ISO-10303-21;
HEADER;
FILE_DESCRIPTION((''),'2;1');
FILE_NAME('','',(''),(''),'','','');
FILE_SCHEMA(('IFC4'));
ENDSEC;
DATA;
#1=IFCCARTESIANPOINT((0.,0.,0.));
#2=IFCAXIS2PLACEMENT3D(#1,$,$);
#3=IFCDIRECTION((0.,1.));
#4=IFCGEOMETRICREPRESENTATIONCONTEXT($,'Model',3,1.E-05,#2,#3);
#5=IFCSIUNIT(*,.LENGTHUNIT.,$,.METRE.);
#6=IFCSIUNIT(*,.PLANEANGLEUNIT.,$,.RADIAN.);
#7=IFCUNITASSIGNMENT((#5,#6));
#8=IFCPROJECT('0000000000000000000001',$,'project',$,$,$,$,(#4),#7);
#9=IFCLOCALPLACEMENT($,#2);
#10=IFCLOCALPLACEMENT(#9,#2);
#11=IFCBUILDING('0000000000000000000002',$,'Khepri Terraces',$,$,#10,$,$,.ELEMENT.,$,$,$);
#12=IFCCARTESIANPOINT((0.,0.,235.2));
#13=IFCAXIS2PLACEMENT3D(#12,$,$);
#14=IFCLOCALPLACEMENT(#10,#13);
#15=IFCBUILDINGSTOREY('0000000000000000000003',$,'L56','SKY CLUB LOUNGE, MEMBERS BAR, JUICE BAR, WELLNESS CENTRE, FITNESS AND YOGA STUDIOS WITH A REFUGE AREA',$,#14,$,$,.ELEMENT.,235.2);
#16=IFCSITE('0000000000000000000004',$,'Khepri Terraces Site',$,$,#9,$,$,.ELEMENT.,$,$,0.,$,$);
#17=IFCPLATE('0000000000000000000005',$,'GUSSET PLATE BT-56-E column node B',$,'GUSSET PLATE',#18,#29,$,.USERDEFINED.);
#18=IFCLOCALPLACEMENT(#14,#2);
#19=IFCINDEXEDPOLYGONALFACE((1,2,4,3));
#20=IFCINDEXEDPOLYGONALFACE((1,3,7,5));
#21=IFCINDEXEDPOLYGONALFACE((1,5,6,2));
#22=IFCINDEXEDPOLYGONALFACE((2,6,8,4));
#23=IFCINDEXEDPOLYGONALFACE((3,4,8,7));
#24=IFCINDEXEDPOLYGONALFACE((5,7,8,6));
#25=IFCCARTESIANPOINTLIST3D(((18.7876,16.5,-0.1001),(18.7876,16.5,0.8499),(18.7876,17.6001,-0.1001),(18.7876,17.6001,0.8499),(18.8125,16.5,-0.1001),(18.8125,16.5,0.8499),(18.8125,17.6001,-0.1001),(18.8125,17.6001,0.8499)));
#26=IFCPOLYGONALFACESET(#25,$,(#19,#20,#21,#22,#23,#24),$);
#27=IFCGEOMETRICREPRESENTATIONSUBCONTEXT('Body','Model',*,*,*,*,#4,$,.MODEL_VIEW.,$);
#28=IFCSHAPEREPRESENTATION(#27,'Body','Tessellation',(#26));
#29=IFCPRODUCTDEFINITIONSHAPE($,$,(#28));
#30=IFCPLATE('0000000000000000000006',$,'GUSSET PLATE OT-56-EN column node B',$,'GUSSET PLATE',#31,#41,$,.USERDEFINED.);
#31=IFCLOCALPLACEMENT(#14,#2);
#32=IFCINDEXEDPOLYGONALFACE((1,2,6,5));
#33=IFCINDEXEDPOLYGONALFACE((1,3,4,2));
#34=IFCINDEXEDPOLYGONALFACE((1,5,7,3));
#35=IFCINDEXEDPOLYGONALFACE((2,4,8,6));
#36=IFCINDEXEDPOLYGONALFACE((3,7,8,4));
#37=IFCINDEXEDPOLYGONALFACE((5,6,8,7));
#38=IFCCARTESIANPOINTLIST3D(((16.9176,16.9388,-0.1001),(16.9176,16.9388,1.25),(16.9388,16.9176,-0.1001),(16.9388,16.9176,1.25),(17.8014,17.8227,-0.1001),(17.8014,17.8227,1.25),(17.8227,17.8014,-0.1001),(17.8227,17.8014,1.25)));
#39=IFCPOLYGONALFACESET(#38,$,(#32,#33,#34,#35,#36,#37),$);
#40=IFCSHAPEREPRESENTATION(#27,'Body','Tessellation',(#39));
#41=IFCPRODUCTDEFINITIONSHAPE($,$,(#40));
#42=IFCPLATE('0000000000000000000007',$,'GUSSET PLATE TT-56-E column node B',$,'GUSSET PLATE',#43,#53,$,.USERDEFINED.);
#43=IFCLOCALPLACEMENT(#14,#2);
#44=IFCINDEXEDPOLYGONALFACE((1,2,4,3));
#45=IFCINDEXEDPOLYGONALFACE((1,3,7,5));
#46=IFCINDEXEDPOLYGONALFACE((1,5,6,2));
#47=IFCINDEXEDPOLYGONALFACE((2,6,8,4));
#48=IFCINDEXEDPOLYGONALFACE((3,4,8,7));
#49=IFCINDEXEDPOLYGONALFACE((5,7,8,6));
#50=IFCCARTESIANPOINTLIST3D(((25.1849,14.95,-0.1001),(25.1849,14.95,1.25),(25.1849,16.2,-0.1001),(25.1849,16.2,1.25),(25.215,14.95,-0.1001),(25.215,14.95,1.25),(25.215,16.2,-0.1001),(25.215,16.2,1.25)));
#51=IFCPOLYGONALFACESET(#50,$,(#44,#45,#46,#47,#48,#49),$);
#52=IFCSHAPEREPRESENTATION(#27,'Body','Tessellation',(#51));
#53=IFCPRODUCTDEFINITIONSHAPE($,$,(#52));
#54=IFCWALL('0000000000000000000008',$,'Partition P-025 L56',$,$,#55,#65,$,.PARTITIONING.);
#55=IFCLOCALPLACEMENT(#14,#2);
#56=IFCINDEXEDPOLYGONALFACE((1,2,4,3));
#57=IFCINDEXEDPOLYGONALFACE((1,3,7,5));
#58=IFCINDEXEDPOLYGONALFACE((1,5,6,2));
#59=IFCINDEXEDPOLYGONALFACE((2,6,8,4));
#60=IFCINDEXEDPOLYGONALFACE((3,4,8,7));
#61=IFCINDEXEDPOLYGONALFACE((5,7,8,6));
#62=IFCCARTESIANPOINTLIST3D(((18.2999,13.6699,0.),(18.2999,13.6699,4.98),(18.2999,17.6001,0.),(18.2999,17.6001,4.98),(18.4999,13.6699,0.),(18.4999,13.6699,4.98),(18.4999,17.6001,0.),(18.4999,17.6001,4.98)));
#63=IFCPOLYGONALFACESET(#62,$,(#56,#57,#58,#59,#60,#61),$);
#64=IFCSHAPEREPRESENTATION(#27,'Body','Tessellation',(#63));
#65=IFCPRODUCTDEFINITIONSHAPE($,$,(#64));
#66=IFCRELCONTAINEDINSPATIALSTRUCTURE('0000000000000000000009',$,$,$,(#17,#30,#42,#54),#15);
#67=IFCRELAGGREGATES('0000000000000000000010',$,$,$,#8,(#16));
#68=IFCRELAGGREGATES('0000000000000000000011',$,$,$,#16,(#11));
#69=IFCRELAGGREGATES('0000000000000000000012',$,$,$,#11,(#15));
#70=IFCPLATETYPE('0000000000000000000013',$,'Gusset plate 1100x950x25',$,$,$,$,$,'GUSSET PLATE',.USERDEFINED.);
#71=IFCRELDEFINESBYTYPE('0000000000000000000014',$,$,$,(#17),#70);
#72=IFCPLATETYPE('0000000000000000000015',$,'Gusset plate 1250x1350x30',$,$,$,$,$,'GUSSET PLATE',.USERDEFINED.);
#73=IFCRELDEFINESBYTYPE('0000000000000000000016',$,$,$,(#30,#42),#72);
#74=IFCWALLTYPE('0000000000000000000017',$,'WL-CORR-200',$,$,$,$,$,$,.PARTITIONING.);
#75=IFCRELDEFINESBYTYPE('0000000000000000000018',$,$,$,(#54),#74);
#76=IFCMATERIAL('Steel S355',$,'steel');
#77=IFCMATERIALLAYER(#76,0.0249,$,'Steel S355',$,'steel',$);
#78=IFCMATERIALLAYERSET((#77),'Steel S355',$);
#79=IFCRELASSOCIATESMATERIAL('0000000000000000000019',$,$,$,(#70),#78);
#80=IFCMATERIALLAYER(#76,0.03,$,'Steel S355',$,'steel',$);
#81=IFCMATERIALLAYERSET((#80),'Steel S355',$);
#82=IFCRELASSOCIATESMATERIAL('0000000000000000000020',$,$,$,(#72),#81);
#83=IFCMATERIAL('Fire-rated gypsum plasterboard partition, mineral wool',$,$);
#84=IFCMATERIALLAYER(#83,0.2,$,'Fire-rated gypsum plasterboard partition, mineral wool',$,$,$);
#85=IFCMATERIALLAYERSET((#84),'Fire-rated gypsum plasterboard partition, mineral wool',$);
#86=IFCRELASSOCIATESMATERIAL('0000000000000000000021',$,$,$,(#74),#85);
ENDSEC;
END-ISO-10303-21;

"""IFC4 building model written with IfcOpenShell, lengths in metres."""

from ifc_helpers import new_model, si_unit, direction, frame, frame_2d, origin, origin_2d, place, context, subcontext, project, spatial, rectangle, extrude, material, layer, layer_set, type_object, element, save


model = new_model("IFC4")

# Units and contexts
model_context = context("Model", 3, precision=1e-05, world=origin(), true_north=direction((0.0, 1.0)))
body_context = subcontext(model_context, "Body", "Model", "MODEL_VIEW")
ifc_project = project(units=[si_unit("LENGTHUNIT", "METRE"), si_unit("PLANEANGLEUNIT", "RADIAN")], contexts=[model_context])

# Site, building, storey
site_placement = place(None, origin())
site = spatial("IfcSite", under=ifc_project, at=site_placement, Name="Khepri Terraces Site", CompositionType="ELEMENT", RefElevation=0.0)
building_placement = place(site_placement, origin())
building = spatial("IfcBuilding", under=site, at=building_placement, Name="Khepri Terraces", CompositionType="ELEMENT")
storey_placement = place(building_placement, frame((0.0, 0.0, 235.2)))
storey = spatial("IfcBuildingStorey", under=building, at=storey_placement, Name="L56", Description="SKY CLUB LOUNGE, MEMBERS BAR, JUICE BAR, WELLNESS CENTRE, FITNESS AND YOGA STUDIOS WITH A REFUGE AREA", CompositionType="ELEMENT", Elevation=235.2)

# Shared definitions
ifc_material_1 = material(Name="Steel S355", Category="steel")

# Plates
ifc_layer_1 = layer(ifc_material_1, 0.0249, Name="Steel S355", Category="steel")
ifc_layer_set_1 = layer_set([ifc_layer_1], Name="Steel S355")
plate_type_1 = type_object("IfcPlateType", Name="Gusset plate 1100x950x25", ElementType="GUSSET PLATE", PredefinedType="USERDEFINED", material=ifc_layer_set_1)
plate_placement = place(storey_placement, frame((18.8, 17.05, -0.1001), z_axis=(0.0, 0.0, 1.0), x_axis=(0.0, 1.0, 0.0)))
element("IfcPlate", 1, at=plate_placement, inside=storey, type_object=plate_type_1, Name="GUSSET PLATE BT-56-E column node B", ObjectType="GUSSET PLATE", PredefinedType="USERDEFINED", context=body_context, shape_type="SweptSolid", body=[
    extrude(rectangle(XDim=1.1001, YDim=0.0249, at=origin_2d()), origin(), (0.0, 0.0, 1.0), 0.95),
])
ifc_layer_2 = layer(ifc_material_1, 0.03, Name="Steel S355", Category="steel")
ifc_layer_set_2 = layer_set([ifc_layer_2], Name="Steel S355")
plate_type_2 = type_object("IfcPlateType", Name="Gusset plate 1250x1350x30", ElementType="GUSSET PLATE", PredefinedType="USERDEFINED", material=ifc_layer_set_2)
for number, where, z_axis, x_axis, name in (
    (2, (17.3701, 17.3701, -0.1001), (0.0, 0.0, 1.0), (0.707107, 0.707107, 0.0), "GUSSET PLATE OT-56-EN column node B"),
    (3, (25.2, 15.575, -0.1001), (0.0, 0.0, 1.0), (0.0, 1.0, 0.0), "GUSSET PLATE TT-56-E column node B"),
):
    element("IfcPlate", number, at=place(storey_placement, frame(where, z_axis=z_axis, x_axis=x_axis)), inside=storey, type_object=plate_type_2, Name=name, ObjectType="GUSSET PLATE", PredefinedType="USERDEFINED", context=body_context, shape_type="SweptSolid", body=[
        extrude(rectangle(XDim=1.25, YDim=0.03, at=origin_2d()), origin(), (0.0, 0.0, 1.0), 1.3501),
    ])

# Wall
ifc_material_2 = material(Name="Fire-rated gypsum plasterboard partition, mineral wool")
ifc_layer_3 = layer(ifc_material_2, 0.2, Name="Fire-rated gypsum plasterboard partition, mineral wool")
ifc_layer_set_3 = layer_set([ifc_layer_3], Name="Fire-rated gypsum plasterboard partition, mineral wool")
wall_type = type_object("IfcWallType", Name="WL-CORR-200", PredefinedType="PARTITIONING", material=ifc_layer_set_3)
wall_placement = place(storey_placement, frame((18.3999, 13.6699, 0.0), z_axis=(0.0, 0.0, 1.0), x_axis=(0.0, 1.0, 0.0)))
element("IfcWall", 4, at=wall_placement, inside=storey, type_object=wall_type, Name="Partition P-025 L56", PredefinedType="PARTITIONING", context=body_context, shape_type="SweptSolid", body=[
    extrude(rectangle(XDim=3.9302, YDim=0.2, at=frame_2d((1.9651, 0.0))), origin(), (0.0, 0.0, 1.0), 4.98),
])

save(model, "model.ifc")
